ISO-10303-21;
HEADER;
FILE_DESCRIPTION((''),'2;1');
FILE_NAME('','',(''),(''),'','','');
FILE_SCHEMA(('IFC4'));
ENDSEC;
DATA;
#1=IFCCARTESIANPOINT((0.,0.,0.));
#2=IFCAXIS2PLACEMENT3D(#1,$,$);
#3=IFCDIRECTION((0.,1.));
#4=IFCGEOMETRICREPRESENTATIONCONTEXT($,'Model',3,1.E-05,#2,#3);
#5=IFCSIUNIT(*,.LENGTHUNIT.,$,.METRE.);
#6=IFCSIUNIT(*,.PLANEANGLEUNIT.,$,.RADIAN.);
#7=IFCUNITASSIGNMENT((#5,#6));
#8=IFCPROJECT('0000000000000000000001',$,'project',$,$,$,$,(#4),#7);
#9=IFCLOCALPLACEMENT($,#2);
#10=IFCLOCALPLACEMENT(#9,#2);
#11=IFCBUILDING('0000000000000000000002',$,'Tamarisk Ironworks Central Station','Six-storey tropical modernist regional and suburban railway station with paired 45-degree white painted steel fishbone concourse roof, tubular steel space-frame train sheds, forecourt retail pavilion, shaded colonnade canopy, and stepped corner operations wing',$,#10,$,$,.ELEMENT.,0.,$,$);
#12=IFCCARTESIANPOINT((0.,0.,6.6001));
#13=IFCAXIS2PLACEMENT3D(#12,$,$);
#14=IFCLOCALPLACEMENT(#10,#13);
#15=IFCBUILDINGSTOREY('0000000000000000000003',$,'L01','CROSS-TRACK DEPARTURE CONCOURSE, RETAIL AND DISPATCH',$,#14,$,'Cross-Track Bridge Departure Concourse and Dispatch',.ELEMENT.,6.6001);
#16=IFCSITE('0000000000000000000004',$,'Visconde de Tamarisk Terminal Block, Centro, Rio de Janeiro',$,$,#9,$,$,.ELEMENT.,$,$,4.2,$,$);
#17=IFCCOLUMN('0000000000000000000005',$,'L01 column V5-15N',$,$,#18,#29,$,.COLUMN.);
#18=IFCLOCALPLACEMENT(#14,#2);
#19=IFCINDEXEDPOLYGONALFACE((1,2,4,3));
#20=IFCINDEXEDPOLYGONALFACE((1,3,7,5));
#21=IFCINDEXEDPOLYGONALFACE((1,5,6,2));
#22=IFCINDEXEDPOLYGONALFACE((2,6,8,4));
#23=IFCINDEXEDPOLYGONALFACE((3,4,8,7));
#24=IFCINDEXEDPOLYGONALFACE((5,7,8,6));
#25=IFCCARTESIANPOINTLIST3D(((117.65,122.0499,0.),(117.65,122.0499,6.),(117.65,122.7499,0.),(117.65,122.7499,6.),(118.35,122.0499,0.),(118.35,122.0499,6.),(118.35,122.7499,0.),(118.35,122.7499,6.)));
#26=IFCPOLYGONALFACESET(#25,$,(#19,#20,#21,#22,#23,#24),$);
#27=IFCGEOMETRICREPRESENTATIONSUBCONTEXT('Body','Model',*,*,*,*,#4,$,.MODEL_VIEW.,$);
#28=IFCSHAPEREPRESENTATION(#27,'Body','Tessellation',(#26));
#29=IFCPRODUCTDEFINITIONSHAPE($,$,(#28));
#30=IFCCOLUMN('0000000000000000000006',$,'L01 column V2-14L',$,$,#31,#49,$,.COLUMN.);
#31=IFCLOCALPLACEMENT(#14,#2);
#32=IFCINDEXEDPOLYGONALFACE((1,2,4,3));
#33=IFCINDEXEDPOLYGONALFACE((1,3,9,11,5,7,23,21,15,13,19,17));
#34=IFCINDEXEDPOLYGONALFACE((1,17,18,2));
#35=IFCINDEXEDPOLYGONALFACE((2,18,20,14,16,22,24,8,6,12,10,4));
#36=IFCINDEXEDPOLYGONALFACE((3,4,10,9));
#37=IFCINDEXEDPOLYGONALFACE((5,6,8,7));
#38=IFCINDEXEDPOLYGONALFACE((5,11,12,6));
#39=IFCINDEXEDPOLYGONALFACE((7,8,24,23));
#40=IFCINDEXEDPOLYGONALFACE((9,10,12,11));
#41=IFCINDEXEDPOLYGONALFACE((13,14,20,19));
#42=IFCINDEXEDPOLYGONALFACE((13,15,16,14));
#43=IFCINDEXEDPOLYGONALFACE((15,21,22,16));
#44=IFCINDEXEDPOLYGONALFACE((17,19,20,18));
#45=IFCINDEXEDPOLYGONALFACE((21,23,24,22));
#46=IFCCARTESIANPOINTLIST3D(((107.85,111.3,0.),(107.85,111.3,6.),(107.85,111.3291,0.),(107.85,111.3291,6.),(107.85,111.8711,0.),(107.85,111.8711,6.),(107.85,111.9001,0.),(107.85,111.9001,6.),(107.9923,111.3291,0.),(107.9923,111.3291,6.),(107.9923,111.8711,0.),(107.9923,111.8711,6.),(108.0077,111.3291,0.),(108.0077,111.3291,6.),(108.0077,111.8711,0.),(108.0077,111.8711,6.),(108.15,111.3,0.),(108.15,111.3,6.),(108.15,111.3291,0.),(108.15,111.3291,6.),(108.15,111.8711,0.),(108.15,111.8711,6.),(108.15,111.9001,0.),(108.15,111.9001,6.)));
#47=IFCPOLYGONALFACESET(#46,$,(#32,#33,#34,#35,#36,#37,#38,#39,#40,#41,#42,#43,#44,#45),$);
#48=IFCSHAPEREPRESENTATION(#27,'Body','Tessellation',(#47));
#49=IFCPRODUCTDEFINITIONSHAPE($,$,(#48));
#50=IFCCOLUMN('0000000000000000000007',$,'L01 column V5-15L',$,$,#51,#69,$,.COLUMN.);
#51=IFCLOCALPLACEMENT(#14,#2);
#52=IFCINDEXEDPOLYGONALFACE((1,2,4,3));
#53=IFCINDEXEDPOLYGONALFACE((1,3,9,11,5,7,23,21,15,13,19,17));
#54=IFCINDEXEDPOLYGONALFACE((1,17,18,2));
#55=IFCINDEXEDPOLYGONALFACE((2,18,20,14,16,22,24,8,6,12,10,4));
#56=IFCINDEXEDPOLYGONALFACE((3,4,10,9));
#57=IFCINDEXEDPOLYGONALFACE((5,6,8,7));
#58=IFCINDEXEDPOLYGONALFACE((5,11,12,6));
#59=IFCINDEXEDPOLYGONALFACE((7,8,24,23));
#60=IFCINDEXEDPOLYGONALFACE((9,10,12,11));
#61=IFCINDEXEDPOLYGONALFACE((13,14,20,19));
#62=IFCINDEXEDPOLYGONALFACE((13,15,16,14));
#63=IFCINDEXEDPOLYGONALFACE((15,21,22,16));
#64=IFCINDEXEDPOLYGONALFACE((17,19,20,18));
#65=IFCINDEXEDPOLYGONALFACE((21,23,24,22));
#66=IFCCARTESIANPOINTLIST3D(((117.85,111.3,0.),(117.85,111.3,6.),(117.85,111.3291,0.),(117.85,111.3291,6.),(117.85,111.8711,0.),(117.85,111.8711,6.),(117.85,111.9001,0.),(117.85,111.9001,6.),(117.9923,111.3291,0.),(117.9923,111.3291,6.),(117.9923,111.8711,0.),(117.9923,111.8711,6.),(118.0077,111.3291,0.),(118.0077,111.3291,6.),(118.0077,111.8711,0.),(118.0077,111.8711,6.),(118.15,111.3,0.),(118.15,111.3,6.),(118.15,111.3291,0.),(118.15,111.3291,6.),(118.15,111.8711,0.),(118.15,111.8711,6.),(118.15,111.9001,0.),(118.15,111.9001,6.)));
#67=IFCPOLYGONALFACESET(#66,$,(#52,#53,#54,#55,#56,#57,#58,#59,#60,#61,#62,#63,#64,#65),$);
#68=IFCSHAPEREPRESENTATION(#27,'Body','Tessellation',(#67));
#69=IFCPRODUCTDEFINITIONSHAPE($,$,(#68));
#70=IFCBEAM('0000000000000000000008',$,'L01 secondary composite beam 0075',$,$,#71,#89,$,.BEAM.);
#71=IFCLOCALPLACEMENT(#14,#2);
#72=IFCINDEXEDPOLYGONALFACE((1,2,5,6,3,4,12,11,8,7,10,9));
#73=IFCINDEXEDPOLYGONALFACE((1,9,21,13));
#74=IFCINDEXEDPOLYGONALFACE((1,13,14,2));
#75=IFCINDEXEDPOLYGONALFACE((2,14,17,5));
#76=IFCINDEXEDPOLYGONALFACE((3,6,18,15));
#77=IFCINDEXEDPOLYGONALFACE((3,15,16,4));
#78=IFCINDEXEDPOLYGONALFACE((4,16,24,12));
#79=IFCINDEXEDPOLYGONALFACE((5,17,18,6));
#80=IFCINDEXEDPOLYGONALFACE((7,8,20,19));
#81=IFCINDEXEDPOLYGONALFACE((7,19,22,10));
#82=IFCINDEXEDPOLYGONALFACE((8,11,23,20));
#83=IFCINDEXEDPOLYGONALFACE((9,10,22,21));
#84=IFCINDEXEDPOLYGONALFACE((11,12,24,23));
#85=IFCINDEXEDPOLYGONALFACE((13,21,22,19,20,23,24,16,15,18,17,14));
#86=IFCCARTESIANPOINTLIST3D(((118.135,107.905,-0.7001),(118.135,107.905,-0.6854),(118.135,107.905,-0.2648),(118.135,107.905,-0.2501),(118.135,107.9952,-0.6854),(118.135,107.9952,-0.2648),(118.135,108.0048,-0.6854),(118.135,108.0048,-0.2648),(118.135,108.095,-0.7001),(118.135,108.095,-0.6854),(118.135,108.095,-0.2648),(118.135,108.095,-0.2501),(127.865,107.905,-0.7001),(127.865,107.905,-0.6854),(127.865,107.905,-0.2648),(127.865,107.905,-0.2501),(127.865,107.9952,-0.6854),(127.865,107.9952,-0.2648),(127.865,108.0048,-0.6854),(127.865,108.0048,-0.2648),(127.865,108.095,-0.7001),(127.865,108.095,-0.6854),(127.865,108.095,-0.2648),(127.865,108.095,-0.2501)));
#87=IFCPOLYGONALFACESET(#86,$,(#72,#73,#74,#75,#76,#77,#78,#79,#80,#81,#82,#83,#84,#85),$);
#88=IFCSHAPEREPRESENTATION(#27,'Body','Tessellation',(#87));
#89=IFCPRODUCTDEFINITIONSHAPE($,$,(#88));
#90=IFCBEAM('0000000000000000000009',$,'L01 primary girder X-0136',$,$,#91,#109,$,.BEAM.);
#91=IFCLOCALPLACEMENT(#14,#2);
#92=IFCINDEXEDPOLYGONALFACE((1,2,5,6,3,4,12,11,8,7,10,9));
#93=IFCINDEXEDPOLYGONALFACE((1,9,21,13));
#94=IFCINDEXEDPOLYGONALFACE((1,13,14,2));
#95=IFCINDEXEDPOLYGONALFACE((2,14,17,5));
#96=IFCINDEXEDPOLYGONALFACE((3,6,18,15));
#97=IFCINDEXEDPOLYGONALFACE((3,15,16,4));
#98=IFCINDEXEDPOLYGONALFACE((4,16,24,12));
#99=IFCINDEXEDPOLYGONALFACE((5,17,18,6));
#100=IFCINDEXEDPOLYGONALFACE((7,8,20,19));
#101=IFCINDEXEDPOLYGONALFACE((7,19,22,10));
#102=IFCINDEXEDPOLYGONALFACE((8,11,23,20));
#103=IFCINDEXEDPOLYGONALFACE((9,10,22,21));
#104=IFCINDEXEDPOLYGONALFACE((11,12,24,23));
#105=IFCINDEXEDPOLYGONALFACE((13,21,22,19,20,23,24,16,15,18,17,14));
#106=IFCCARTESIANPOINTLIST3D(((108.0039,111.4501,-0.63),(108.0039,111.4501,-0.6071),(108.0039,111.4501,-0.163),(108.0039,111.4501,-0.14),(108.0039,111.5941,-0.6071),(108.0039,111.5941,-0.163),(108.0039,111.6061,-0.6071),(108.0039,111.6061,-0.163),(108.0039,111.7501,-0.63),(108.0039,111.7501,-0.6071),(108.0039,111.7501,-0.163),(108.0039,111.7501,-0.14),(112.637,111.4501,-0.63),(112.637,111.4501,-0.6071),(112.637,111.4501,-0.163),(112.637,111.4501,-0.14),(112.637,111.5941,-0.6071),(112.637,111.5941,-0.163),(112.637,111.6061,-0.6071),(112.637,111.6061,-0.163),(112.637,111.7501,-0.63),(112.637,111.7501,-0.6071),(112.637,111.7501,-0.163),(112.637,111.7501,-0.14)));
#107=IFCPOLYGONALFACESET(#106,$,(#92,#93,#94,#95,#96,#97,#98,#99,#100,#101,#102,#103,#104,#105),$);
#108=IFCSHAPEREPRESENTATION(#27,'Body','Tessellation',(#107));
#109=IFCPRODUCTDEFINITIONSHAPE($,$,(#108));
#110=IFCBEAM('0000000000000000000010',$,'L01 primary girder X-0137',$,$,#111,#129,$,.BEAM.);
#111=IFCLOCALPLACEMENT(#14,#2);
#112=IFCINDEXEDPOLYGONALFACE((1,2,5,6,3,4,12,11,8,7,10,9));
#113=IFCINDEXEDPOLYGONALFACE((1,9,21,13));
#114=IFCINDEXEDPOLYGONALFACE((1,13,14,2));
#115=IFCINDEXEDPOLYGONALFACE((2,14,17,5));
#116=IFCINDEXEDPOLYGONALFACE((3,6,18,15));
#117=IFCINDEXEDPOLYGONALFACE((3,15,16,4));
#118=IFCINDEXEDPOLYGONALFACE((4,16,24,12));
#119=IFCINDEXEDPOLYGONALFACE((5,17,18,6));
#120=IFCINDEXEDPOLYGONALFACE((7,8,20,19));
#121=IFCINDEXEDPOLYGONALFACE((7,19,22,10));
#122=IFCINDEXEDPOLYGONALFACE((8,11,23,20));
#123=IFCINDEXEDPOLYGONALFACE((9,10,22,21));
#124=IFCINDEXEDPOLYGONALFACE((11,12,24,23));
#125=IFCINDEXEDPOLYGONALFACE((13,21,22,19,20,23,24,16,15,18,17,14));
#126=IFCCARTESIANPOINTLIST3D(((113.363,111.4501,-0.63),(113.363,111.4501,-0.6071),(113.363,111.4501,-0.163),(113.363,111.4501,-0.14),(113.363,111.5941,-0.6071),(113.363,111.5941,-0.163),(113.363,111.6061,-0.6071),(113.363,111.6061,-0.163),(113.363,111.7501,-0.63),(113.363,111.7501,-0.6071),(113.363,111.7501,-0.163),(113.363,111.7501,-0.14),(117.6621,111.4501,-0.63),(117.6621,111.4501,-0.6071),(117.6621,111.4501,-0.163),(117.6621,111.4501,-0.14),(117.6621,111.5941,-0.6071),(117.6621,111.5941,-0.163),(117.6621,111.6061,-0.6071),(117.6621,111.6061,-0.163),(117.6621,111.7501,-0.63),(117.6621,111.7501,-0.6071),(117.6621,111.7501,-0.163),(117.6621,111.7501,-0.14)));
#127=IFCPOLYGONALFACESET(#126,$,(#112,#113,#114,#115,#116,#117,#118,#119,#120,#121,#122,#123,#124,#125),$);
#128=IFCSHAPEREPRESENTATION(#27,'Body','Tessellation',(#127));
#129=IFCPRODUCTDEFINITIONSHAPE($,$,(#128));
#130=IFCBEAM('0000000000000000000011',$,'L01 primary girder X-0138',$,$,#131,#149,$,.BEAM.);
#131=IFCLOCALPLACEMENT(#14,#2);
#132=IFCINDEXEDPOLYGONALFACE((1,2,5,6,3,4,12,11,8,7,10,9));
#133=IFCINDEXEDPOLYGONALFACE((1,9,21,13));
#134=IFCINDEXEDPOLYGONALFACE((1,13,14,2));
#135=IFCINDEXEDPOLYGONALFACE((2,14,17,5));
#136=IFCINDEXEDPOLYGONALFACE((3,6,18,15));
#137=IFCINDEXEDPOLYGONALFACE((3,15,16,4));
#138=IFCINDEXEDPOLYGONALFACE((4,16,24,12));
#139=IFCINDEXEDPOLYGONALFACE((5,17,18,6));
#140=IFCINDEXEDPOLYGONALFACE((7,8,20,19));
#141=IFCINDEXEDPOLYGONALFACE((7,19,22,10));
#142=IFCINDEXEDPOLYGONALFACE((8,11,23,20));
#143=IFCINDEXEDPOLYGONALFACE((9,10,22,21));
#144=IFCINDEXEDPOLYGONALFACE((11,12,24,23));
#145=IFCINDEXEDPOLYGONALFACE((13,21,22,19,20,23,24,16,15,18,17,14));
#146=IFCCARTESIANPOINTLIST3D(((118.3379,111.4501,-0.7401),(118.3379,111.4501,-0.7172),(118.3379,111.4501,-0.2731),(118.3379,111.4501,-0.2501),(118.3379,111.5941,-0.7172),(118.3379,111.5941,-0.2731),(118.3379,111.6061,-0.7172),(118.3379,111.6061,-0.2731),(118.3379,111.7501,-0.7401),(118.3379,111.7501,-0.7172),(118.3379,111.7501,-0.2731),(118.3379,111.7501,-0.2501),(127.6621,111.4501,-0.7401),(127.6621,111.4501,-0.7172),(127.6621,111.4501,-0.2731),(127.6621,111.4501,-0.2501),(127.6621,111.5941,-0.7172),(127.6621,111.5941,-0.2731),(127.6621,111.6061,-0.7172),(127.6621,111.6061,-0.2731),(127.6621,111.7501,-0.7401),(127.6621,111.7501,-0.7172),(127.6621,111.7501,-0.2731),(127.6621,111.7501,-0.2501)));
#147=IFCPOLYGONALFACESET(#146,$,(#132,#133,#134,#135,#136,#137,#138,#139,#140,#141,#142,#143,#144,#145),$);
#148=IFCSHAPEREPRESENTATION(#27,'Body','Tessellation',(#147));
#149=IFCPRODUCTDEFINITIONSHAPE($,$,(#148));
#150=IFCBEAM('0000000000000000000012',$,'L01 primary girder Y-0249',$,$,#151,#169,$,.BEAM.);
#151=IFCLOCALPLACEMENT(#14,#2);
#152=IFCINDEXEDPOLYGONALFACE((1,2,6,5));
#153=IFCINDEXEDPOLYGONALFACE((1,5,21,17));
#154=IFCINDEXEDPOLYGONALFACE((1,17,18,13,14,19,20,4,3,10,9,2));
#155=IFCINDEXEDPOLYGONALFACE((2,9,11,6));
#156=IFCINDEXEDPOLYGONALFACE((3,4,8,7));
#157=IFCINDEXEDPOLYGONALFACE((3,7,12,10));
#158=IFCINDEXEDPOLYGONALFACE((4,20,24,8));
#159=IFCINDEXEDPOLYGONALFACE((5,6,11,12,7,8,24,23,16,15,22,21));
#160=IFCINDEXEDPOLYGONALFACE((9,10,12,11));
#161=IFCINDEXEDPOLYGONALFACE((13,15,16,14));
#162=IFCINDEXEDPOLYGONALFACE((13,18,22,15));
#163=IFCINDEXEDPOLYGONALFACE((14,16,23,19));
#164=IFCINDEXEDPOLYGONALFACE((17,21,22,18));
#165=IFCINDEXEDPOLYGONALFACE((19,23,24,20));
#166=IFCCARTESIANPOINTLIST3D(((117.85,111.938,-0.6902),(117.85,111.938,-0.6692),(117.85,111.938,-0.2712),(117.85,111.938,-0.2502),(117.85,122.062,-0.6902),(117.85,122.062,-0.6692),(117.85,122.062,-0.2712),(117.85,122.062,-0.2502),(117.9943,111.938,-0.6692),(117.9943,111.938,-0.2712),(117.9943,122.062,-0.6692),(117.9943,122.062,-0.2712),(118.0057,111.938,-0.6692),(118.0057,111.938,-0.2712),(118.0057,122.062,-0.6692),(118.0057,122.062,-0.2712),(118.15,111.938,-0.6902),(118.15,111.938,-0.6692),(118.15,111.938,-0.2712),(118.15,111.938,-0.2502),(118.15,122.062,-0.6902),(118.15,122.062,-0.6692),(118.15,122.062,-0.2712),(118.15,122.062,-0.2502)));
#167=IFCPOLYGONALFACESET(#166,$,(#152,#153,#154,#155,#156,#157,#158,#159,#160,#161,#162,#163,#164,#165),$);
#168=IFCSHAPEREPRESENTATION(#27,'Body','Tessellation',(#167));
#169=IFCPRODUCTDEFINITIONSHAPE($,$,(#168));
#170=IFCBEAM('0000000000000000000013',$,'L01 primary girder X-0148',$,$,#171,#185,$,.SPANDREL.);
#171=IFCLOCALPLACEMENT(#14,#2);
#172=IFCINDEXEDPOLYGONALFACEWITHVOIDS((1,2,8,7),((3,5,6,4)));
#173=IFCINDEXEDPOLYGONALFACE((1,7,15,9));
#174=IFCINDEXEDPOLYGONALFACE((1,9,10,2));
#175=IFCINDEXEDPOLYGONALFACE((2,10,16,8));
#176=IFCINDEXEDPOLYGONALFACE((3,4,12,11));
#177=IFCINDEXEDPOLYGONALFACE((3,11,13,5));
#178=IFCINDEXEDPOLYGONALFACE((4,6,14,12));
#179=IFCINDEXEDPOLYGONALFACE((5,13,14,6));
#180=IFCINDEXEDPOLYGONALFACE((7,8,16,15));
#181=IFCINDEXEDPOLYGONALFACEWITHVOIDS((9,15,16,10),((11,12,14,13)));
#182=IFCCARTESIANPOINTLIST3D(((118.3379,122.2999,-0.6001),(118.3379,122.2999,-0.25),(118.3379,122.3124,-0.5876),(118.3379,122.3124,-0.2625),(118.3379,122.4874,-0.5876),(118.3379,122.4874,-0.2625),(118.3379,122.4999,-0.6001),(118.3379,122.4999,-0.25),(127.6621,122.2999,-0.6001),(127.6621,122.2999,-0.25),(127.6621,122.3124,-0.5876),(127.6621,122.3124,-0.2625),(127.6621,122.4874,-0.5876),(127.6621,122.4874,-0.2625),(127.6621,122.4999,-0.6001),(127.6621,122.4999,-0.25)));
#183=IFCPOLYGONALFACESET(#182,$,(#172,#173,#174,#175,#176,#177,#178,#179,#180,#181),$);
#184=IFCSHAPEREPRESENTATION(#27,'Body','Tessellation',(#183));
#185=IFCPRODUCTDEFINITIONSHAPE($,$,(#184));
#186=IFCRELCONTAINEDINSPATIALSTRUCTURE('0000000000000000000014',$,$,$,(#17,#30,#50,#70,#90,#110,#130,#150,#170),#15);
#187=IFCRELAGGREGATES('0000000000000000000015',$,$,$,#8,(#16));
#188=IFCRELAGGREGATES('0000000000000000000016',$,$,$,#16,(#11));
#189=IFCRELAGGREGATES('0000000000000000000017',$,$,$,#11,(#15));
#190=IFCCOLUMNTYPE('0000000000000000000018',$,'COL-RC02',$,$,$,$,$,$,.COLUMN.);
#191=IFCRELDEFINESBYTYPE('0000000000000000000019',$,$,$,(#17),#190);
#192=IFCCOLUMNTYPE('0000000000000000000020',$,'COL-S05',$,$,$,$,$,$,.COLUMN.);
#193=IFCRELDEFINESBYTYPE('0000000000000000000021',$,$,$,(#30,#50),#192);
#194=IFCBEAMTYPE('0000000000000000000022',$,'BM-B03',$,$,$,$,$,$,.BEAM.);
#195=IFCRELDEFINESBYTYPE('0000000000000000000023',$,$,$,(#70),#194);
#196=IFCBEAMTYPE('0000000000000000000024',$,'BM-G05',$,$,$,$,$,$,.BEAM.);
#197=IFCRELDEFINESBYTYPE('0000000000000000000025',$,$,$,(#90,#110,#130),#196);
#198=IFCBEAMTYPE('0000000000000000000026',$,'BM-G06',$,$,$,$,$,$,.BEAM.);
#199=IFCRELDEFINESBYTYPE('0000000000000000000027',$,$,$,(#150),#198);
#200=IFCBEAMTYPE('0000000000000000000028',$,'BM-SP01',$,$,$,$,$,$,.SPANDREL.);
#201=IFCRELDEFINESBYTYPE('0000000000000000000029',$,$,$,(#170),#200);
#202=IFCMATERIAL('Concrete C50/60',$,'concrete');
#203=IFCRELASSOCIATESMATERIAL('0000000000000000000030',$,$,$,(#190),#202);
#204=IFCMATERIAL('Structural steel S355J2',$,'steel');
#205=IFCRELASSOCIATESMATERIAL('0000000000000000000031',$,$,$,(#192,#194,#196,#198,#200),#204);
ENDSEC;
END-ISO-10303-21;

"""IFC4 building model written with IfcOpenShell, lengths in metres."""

from ifc_helpers import new_model, si_unit, direction, frame, origin, origin_2d, place, context, subcontext, project, spatial, rectangle, hollow_rectangle, i_section, extrude, material, material_profile, profile_set, type_object, element, save


model = new_model("IFC4")

# Units and contexts
model_context = context("Model", 3, precision=1e-05, world=origin(), true_north=direction((0.0, 1.0)))
body_context = subcontext(model_context, "Body", "Model", "MODEL_VIEW")
ifc_project = project(units=[si_unit("LENGTHUNIT", "METRE"), si_unit("PLANEANGLEUNIT", "RADIAN")], contexts=[model_context])

# Site, building, storey
site_placement = place(None, origin())
site = spatial("IfcSite", under=ifc_project, at=site_placement, Name="Visconde de Tamarisk Terminal Block, Centro, Rio de Janeiro", CompositionType="ELEMENT", RefElevation=4.2)
building_placement = place(site_placement, origin())
building = spatial("IfcBuilding", under=site, at=building_placement, Name="Tamarisk Ironworks Central Station", Description="Six-storey tropical modernist regional and suburban railway station with paired 45-degree white painted steel fishbone concourse roof, tubular steel space-frame train sheds, forecourt retail pavilion, shaded colonnade canopy, and stepped corner operations wing", CompositionType="ELEMENT", ElevationOfRefHeight=0.0)
storey_placement = place(building_placement, frame((0.0, 0.0, 6.6001)))
storey = spatial("IfcBuildingStorey", under=building, at=storey_placement, Name="L01", Description="CROSS-TRACK DEPARTURE CONCOURSE, RETAIL AND DISPATCH", LongName="Cross-Track Bridge Departure Concourse and Dispatch", CompositionType="ELEMENT", Elevation=6.6001)

# Columns
ifc_material_1 = material(Name="Concrete C50/60", Category="concrete")
ifc_material_profile_1 = material_profile(ifc_material_1, rectangle(XDim=0.7, YDim=0.7, at=origin_2d()), Name="RC 700x700")
ifc_profile_set_1 = profile_set([ifc_material_profile_1], Name="Concrete C50/60")
column_type_1 = type_object("IfcColumnType", Name="COL-RC02", PredefinedType="COLUMN", material=ifc_profile_set_1)
column_placement = place(storey_placement, frame((118.0, 122.3999, 0.0), z_axis=(0.0, 0.0, 1.0), x_axis=(1.0, 0.0, 0.0)))
element("IfcColumn", 1, at=column_placement, inside=storey, type_object=column_type_1, Name="L01 column V5-15N", PredefinedType="COLUMN", context=body_context, shape_type="SweptSolid", body=[
    extrude(rectangle(XDim=0.7, YDim=0.7, at=origin_2d()), origin(), (0.0, 0.0, 1.0), 6.0),
])
ifc_material_2 = material(Name="Structural steel S355J2", Category="steel")
ifc_material_profile_2 = material_profile(ifc_material_2, i_section(OverallWidth=0.3, OverallDepth=0.6001, WebThickness=0.0154, FlangeThickness=0.0291, at=origin_2d()), Name="HEB 600")
ifc_profile_set_2 = profile_set([ifc_material_profile_2], Name="Structural steel S355J2")
column_type_2 = type_object("IfcColumnType", Name="COL-S05", PredefinedType="COLUMN", material=ifc_profile_set_2)
for number, where, z_axis, x_axis, name in (
    (2, (108.0, 111.6001, 0.0), (0.0, 0.0, 1.0), (1.0, 0.0, 0.0), "L01 column V2-14L"),
    (3, (118.0, 111.6001, 0.0), (0.0, 0.0, 1.0), (1.0, 0.0, 0.0), "L01 column V5-15L"),
):
    element("IfcColumn", number, at=place(storey_placement, frame(where, z_axis=z_axis, x_axis=x_axis)), inside=storey, type_object=column_type_2, Name=name, PredefinedType="COLUMN", context=body_context, shape_type="SweptSolid", body=[
        extrude(i_section(OverallWidth=0.3, OverallDepth=0.6001, WebThickness=0.0154, FlangeThickness=0.0291, at=origin_2d()), origin(), (0.0, 0.0, 1.0), 6.0),
    ])

# Beams
ifc_material_profile_3 = material_profile(ifc_material_2, i_section(OverallWidth=0.1899, OverallDepth=0.45, WebThickness=0.0095, FlangeThickness=0.0146, at=origin_2d()), Name="IPE 450")
ifc_profile_set_3 = profile_set([ifc_material_profile_3], Name="Structural steel S355J2")
beam_type_1 = type_object("IfcBeamType", Name="BM-B03", PredefinedType="BEAM", material=ifc_profile_set_3)
beam_1_placement = place(storey_placement, frame((118.135, 108.0, -0.4751), z_axis=(1.0, 0.0, 0.0), x_axis=(0.0, 1.0, 0.0)))
element("IfcBeam", 4, at=beam_1_placement, inside=storey, type_object=beam_type_1, Name="L01 secondary composite beam 0075", PredefinedType="BEAM", context=body_context, shape_type="SweptSolid", body=[
    extrude(i_section(OverallWidth=0.1899, OverallDepth=0.45, WebThickness=0.0095, FlangeThickness=0.0146, at=origin_2d()), origin(), (0.0, 0.0, 1.0), 9.73),
])
ifc_material_profile_4 = material_profile(ifc_material_2, i_section(OverallWidth=0.3, OverallDepth=0.49, WebThickness=0.012, FlangeThickness=0.0229, at=origin_2d()), Name="HEA 500")
ifc_profile_set_4 = profile_set([ifc_material_profile_4], Name="Structural steel S355J2")
beam_type_2 = type_object("IfcBeamType", Name="BM-G05", PredefinedType="BEAM", material=ifc_profile_set_4)
beam_2_placement = place(storey_placement, frame((108.0039, 111.6001, -0.385), z_axis=(1.0, 0.0, 0.0), x_axis=(0.0, 1.0, 0.0)))
element("IfcBeam", 5, at=beam_2_placement, inside=storey, type_object=beam_type_2, Name="L01 primary girder X-0136", PredefinedType="BEAM", context=body_context, shape_type="SweptSolid", body=[
    extrude(i_section(OverallWidth=0.3, OverallDepth=0.49, WebThickness=0.012, FlangeThickness=0.0229, at=origin_2d()), origin(), (0.0, 0.0, 1.0), 4.6331),
])
beam_3_placement = place(storey_placement, frame((113.363, 111.6001, -0.385), z_axis=(1.0, 0.0, 0.0), x_axis=(0.0, 1.0, 0.0)))
element("IfcBeam", 6, at=beam_3_placement, inside=storey, type_object=beam_type_2, Name="L01 primary girder X-0137", PredefinedType="BEAM", context=body_context, shape_type="SweptSolid", body=[
    extrude(i_section(OverallWidth=0.3, OverallDepth=0.49, WebThickness=0.012, FlangeThickness=0.0229, at=origin_2d()), origin(), (0.0, 0.0, 1.0), 4.2991),
])
beam_4_placement = place(storey_placement, frame((118.3379, 111.6001, -0.4951), z_axis=(1.0, 0.0, 0.0), x_axis=(0.0, 1.0, 0.0)))
element("IfcBeam", 7, at=beam_4_placement, inside=storey, type_object=beam_type_2, Name="L01 primary girder X-0138", PredefinedType="BEAM", context=body_context, shape_type="SweptSolid", body=[
    extrude(i_section(OverallWidth=0.3, OverallDepth=0.49, WebThickness=0.012, FlangeThickness=0.0229, at=origin_2d()), origin(), (0.0, 0.0, 1.0), 9.3242),
])
ifc_material_profile_5 = material_profile(ifc_material_2, i_section(OverallWidth=0.3, OverallDepth=0.4399, WebThickness=0.0115, FlangeThickness=0.021, at=origin_2d()), Name="HEA 450")
ifc_profile_set_5 = profile_set([ifc_material_profile_5], Name="Structural steel S355J2")
beam_type_3 = type_object("IfcBeamType", Name="BM-G06", PredefinedType="BEAM", material=ifc_profile_set_5)
beam_5_placement = place(storey_placement, frame((118.0, 111.938, -0.4702), z_axis=(0.0, 1.0, 0.0), x_axis=(-1.0, 0.0, 0.0)))
element("IfcBeam", 8, at=beam_5_placement, inside=storey, type_object=beam_type_3, Name="L01 primary girder Y-0249", PredefinedType="BEAM", context=body_context, shape_type="SweptSolid", body=[
    extrude(i_section(OverallWidth=0.3, OverallDepth=0.4399, WebThickness=0.0115, FlangeThickness=0.021, at=origin_2d()), origin(), (0.0, 0.0, 1.0), 10.124),
])
ifc_material_profile_6 = material_profile(ifc_material_2, hollow_rectangle(XDim=0.2, YDim=0.3501, WallThickness=0.0125, at=origin_2d()), Name="RHS 350x200x12.5")
ifc_profile_set_6 = profile_set([ifc_material_profile_6], Name="Structural steel S355J2")
beam_type_4 = type_object("IfcBeamType", Name="BM-SP01", PredefinedType="SPANDREL", material=ifc_profile_set_6)
beam_6_placement = place(storey_placement, frame((118.3379, 122.3999, -0.425), z_axis=(1.0, 0.0, 0.0), x_axis=(0.0, 1.0, 0.0)))
element("IfcBeam", 9, at=beam_6_placement, inside=storey, type_object=beam_type_4, Name="L01 primary girder X-0148", PredefinedType="SPANDREL", context=body_context, shape_type="SweptSolid", body=[
    extrude(hollow_rectangle(XDim=0.2, YDim=0.3501, WallThickness=0.0125, at=origin_2d()), origin(), (0.0, 0.0, 1.0), 9.3242),
])

save(model, "model.ifc")
